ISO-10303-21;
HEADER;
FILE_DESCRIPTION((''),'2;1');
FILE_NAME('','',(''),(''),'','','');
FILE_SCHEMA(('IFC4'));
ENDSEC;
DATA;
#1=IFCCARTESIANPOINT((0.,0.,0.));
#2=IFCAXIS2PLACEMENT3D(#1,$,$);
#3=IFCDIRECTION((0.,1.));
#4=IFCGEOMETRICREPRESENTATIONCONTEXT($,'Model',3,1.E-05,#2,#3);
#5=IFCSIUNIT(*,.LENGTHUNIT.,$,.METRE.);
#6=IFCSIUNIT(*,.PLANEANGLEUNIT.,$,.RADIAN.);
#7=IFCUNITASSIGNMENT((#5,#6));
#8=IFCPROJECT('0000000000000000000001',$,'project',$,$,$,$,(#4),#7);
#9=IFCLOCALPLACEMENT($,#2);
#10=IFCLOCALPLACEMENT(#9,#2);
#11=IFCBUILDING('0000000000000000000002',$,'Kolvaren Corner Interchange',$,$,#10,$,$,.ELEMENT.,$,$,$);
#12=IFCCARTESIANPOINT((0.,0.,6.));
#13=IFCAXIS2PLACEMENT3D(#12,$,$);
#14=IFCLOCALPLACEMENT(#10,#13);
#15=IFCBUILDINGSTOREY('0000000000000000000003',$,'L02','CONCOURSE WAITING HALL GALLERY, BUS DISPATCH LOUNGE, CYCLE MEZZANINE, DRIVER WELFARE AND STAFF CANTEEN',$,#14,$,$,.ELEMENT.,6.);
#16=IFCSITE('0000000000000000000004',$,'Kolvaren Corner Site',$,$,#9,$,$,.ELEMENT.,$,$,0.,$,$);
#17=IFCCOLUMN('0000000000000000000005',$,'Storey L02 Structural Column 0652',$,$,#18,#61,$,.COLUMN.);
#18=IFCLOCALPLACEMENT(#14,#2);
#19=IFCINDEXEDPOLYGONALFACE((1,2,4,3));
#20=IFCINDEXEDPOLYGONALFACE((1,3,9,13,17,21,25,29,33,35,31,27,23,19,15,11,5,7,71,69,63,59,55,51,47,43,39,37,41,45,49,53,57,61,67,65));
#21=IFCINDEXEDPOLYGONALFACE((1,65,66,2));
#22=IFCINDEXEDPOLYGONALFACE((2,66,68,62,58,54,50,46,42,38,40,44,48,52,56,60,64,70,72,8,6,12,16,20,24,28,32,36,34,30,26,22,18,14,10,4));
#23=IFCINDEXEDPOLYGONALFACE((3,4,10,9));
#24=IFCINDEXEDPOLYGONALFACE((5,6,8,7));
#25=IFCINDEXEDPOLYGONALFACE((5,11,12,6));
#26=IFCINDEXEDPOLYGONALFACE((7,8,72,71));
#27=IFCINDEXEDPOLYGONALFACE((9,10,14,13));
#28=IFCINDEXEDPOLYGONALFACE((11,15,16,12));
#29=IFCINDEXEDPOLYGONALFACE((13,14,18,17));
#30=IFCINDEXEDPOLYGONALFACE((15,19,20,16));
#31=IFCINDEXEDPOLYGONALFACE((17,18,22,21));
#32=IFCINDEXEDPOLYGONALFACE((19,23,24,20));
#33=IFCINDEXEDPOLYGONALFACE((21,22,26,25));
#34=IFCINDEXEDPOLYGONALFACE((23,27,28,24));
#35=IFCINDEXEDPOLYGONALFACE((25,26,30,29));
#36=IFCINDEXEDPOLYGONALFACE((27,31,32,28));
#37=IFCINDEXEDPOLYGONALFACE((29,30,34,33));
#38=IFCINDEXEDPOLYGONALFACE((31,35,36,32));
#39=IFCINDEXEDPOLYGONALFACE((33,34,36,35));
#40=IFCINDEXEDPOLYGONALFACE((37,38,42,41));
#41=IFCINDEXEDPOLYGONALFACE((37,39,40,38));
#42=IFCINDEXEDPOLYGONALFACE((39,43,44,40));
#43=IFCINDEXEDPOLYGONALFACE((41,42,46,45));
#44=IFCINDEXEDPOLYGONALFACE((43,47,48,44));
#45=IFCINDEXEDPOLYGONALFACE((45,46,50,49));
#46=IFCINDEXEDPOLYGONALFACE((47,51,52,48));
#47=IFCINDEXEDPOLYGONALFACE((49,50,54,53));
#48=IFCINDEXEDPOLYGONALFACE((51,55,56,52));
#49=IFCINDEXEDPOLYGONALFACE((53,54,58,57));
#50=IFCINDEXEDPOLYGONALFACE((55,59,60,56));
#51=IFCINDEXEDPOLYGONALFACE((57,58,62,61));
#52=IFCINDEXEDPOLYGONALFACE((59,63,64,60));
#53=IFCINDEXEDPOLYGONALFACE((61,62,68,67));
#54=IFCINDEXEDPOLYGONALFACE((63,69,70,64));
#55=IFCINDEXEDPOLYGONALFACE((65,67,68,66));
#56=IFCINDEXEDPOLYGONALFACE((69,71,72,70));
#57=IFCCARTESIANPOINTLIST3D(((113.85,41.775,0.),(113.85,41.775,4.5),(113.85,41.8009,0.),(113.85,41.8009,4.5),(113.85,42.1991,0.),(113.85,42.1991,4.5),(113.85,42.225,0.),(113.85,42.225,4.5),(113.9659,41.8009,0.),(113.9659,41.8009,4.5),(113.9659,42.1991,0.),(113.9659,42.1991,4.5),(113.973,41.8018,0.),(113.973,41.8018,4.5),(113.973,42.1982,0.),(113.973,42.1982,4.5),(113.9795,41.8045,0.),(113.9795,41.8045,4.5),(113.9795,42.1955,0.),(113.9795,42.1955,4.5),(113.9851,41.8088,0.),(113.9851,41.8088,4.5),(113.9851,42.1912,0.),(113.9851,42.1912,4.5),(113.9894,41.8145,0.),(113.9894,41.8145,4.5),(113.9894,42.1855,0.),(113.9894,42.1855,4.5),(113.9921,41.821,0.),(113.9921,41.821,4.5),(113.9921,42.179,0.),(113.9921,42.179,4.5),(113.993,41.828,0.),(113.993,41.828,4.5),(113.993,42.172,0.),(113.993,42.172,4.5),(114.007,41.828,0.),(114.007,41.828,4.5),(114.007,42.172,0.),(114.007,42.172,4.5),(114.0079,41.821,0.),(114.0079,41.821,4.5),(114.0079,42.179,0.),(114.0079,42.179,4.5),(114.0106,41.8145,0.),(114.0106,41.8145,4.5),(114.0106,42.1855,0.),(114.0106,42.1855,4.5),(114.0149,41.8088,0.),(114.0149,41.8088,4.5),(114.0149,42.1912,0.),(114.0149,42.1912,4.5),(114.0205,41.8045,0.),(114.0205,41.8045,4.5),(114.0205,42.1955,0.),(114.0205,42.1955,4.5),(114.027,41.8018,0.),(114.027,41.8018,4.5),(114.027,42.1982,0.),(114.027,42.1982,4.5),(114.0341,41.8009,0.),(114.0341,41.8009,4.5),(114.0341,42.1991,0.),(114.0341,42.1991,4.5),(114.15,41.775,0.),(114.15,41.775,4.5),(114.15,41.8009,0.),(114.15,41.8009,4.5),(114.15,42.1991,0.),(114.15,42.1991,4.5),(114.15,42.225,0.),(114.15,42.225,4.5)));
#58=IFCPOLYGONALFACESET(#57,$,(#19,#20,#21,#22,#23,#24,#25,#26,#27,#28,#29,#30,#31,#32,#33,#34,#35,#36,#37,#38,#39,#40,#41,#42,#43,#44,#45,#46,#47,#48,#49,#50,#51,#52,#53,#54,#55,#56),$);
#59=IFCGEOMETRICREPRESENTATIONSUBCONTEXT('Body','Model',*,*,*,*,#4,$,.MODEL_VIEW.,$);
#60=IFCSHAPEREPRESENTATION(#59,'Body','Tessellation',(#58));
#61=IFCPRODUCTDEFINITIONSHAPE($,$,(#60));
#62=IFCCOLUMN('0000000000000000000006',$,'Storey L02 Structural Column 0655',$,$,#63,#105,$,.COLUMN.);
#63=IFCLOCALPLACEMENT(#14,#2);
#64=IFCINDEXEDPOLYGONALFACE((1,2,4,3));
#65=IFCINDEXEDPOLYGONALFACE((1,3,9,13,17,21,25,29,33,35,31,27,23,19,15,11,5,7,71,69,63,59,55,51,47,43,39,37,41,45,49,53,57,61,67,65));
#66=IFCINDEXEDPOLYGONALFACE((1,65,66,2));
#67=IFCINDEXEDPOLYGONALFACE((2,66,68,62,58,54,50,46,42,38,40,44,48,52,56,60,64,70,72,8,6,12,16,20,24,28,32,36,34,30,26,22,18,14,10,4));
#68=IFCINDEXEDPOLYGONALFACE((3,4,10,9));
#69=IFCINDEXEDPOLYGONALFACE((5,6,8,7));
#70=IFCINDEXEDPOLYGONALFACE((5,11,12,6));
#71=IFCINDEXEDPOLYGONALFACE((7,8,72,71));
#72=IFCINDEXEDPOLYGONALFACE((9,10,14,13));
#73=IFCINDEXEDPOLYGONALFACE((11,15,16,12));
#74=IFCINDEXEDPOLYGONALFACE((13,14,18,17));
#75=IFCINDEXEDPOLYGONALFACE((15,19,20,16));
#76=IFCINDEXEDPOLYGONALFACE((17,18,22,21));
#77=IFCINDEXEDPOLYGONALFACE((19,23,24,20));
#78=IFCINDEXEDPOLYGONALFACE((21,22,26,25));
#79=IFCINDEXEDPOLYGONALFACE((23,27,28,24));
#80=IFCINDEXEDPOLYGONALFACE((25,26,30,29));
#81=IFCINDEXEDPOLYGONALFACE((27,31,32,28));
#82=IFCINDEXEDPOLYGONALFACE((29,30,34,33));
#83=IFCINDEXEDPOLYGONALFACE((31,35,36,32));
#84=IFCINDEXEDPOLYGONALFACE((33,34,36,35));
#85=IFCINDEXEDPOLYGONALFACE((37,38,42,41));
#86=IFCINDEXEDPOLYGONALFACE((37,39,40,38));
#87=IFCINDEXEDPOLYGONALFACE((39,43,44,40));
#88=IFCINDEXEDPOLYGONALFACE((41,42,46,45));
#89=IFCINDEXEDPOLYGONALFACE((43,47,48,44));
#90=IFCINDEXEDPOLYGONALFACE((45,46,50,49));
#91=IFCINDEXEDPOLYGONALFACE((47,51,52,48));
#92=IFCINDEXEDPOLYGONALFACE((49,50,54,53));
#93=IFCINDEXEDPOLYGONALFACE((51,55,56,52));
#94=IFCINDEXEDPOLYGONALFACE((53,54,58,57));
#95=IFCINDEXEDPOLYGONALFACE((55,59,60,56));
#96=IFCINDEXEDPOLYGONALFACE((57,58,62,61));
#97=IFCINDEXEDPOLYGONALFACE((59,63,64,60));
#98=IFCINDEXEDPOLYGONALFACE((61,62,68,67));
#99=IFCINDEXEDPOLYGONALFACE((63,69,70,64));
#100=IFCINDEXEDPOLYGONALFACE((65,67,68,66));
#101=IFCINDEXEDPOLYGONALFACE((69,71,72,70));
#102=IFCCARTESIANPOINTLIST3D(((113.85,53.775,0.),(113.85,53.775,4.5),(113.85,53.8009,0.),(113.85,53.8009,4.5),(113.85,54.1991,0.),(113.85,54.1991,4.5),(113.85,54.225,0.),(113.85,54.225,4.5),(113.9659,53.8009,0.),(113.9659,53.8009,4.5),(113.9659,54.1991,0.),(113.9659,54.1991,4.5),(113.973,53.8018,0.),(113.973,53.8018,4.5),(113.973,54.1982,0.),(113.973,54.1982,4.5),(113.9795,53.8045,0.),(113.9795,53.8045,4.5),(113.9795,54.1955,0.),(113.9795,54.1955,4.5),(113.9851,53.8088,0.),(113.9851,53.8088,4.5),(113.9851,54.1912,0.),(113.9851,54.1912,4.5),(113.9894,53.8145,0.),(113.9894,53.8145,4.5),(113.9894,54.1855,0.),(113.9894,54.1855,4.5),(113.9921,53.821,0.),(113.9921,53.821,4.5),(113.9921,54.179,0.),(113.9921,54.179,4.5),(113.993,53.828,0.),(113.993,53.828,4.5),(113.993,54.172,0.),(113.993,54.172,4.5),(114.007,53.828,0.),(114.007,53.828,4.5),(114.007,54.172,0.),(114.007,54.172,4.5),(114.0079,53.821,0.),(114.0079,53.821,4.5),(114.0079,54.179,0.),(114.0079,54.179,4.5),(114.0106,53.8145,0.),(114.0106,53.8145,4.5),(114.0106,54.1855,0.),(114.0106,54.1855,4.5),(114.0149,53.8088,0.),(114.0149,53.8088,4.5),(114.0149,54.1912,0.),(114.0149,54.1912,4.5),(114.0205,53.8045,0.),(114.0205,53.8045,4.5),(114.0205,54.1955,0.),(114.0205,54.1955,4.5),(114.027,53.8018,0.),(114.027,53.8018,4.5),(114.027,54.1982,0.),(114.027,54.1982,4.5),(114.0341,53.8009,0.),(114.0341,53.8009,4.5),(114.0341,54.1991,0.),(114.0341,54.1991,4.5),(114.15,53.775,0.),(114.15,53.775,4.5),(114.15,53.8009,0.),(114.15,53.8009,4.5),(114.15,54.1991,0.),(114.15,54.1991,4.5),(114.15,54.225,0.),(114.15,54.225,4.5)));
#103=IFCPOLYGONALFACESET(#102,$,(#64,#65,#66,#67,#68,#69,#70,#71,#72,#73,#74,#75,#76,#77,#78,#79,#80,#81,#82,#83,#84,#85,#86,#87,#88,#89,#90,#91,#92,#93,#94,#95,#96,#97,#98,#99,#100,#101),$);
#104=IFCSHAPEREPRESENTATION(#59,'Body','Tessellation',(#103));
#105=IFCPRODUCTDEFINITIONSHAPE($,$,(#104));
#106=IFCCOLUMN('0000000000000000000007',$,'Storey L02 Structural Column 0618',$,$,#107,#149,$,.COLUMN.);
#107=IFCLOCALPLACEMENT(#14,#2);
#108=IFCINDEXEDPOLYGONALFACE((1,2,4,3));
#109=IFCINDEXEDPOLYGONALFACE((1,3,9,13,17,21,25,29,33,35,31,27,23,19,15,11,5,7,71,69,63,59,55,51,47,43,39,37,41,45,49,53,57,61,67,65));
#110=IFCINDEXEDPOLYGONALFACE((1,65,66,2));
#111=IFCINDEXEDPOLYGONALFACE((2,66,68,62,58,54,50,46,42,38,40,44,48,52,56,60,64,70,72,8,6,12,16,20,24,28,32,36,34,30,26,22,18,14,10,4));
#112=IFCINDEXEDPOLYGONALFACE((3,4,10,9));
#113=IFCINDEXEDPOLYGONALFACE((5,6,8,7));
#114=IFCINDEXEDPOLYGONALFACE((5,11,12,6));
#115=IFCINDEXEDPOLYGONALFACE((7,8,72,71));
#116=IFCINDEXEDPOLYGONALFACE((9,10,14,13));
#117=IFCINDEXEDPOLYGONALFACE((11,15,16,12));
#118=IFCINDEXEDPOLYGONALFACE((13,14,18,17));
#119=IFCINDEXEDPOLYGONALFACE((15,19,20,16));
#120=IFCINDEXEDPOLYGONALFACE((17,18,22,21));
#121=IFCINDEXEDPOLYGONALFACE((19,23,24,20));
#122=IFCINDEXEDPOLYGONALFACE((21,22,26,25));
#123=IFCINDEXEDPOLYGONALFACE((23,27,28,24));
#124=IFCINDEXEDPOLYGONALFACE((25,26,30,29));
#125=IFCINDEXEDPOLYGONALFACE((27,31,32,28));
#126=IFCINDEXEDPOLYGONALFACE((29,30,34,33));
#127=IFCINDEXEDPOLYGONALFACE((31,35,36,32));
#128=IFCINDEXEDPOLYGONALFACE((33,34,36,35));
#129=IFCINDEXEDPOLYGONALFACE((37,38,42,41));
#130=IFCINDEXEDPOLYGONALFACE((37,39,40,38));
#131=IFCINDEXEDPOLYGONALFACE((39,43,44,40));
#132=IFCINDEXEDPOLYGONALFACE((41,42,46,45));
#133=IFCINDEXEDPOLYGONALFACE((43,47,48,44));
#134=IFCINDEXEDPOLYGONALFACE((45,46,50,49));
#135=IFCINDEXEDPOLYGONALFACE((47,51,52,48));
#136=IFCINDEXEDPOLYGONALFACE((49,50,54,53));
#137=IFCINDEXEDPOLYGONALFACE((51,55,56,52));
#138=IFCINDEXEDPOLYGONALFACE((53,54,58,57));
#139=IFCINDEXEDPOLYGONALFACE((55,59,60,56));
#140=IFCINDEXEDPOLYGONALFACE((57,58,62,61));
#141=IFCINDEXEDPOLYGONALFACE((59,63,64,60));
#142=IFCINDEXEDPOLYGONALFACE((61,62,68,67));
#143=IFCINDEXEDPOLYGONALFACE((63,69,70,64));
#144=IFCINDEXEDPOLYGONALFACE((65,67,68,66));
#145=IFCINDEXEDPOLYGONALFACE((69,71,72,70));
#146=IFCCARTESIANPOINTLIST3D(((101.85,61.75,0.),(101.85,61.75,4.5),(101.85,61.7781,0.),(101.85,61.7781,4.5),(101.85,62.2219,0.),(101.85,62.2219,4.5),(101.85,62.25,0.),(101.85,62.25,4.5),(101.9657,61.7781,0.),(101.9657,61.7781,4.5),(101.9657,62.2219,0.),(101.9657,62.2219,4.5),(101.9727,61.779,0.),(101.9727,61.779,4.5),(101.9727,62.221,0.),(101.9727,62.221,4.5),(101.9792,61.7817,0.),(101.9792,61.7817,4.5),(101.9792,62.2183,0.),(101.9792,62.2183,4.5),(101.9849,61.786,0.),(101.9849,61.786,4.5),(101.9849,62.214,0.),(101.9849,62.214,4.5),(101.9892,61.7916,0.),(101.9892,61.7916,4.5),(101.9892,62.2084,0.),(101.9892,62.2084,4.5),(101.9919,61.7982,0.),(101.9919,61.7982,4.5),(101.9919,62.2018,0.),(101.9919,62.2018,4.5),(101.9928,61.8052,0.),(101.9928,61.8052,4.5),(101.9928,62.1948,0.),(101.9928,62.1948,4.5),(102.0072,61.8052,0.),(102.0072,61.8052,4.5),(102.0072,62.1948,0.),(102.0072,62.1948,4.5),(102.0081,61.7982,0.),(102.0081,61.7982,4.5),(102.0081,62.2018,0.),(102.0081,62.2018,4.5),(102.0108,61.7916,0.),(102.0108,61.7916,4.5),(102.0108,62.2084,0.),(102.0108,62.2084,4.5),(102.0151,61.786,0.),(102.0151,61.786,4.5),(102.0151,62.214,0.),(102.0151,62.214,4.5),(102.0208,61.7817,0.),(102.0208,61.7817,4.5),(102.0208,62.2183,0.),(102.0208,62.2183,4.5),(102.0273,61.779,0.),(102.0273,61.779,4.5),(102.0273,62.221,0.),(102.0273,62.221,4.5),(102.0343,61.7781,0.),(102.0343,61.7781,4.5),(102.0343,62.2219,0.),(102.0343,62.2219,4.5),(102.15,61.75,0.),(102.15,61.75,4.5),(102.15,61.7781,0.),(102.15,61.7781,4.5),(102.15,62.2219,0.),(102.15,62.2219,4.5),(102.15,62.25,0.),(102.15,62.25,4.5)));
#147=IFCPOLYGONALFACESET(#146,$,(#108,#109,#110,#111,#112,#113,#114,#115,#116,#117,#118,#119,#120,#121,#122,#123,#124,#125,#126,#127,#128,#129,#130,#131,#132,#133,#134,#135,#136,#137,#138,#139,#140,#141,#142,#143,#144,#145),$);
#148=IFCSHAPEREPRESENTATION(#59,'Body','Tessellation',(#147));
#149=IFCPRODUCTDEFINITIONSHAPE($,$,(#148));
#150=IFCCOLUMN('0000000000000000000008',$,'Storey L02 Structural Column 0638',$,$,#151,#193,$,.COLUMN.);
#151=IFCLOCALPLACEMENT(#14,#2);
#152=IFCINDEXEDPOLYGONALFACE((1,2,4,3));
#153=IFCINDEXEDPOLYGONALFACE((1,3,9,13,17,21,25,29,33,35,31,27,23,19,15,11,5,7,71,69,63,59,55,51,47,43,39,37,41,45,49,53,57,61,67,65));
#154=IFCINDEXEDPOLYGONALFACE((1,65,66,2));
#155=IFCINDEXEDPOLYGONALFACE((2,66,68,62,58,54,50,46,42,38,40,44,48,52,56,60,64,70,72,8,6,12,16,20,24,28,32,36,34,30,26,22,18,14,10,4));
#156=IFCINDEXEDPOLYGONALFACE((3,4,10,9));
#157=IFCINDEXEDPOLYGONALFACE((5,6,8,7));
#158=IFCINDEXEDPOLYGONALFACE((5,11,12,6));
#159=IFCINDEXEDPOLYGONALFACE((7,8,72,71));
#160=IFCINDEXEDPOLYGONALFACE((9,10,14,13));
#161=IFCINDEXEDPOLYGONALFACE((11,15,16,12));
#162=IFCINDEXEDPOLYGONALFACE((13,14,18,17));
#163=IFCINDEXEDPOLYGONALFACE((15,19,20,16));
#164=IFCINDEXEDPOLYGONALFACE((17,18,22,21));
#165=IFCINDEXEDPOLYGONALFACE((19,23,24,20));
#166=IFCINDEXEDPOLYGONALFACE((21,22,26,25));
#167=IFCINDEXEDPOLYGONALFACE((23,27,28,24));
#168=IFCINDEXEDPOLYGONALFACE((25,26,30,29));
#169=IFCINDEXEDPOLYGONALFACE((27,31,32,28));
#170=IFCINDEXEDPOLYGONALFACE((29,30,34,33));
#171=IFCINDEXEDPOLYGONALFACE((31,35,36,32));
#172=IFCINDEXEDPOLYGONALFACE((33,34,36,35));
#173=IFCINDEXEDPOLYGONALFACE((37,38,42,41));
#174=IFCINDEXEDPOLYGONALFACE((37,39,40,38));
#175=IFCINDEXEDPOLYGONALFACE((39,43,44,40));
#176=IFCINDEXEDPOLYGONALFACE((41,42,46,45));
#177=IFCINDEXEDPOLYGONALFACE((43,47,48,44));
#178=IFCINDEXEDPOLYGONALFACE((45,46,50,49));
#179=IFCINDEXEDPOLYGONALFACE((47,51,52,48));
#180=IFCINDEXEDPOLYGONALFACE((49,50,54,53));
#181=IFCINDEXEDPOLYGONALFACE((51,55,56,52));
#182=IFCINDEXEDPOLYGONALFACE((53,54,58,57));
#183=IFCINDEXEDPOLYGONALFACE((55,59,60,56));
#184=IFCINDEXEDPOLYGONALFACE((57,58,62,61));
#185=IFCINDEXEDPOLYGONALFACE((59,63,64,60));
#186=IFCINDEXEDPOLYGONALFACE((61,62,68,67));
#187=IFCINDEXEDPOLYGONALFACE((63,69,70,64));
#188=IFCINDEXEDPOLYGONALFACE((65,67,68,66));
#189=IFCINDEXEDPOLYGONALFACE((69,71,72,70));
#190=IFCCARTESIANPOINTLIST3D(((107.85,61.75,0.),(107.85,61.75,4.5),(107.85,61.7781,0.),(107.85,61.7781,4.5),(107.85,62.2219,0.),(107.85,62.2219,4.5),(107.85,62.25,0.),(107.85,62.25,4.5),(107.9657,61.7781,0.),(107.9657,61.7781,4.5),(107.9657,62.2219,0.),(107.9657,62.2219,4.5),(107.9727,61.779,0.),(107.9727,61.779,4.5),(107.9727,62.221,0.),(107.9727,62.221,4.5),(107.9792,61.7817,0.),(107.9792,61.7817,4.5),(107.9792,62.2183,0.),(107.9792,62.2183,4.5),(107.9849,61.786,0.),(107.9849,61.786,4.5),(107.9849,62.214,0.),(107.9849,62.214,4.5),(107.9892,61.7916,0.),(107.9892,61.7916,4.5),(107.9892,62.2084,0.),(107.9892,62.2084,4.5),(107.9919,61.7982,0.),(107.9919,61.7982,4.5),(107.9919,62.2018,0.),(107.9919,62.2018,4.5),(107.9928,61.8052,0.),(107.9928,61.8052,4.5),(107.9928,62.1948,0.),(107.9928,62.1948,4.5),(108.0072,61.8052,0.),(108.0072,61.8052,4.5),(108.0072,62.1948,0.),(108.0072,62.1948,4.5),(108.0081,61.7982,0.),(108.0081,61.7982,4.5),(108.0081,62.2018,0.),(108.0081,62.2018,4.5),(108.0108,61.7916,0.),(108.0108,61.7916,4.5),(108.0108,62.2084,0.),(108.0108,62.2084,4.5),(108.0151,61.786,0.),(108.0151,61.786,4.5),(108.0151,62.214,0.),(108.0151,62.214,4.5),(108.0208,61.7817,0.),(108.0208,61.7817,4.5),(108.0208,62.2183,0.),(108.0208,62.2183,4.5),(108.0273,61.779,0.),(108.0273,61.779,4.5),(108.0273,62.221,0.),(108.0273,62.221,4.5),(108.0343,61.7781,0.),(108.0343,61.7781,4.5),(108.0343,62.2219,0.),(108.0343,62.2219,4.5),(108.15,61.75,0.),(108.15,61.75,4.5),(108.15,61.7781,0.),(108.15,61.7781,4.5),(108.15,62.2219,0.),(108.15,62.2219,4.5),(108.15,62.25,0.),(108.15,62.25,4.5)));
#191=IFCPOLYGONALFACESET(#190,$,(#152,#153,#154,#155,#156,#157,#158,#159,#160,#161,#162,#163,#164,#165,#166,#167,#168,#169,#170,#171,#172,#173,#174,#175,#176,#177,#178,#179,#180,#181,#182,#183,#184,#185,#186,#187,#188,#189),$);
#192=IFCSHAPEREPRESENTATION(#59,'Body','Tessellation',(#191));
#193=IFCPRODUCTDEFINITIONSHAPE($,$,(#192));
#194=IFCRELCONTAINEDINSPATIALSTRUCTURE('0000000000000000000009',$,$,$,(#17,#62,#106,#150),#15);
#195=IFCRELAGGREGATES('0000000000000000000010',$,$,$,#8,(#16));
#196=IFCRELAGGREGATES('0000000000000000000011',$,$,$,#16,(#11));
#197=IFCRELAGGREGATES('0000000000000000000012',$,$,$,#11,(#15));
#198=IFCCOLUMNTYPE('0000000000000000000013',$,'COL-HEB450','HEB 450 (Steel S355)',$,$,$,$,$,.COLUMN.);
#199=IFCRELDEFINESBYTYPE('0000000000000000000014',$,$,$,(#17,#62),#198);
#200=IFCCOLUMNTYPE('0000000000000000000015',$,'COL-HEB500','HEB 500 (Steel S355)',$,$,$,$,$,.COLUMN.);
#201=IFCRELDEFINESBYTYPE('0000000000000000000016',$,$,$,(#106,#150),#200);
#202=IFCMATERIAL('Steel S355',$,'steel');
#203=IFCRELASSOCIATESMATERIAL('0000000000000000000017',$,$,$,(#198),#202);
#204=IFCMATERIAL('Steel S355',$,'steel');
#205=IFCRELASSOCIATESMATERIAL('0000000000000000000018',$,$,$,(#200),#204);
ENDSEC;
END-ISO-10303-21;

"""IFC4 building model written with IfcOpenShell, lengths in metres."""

from ifc_helpers import new_model, si_unit, direction, frame, origin, origin_2d, place, context, subcontext, project, spatial, i_section, extrude, material, material_profile, profile_set, type_object, element, save


model = new_model("IFC4")

# Units and contexts
model_context = context("Model", 3, precision=1e-05, world=origin(), true_north=direction((0.0, 1.0)))
body_context = subcontext(model_context, "Body", "Model", "MODEL_VIEW")
ifc_project = project(units=[si_unit("LENGTHUNIT", "METRE"), si_unit("PLANEANGLEUNIT", "RADIAN")], contexts=[model_context])

# Site, building, storey
site_placement = place(None, origin())
site = spatial("IfcSite", under=ifc_project, at=site_placement, Name="Kolvaren Corner Site", CompositionType="ELEMENT", RefElevation=0.0)
building_placement = place(site_placement, origin())
building = spatial("IfcBuilding", under=site, at=building_placement, Name="Kolvaren Corner Interchange", CompositionType="ELEMENT")
storey_placement = place(building_placement, frame((0.0, 0.0, 6.0)))
storey = spatial("IfcBuildingStorey", under=building, at=storey_placement, Name="L02", Description="CONCOURSE WAITING HALL GALLERY, BUS DISPATCH LOUNGE, CYCLE MEZZANINE, DRIVER WELFARE AND STAFF CANTEEN", CompositionType="ELEMENT", Elevation=6.0)

# Columns
ifc_material_1 = material(Name="Steel S355", Category="steel")
ifc_material_profile_1 = material_profile(ifc_material_1, i_section(OverallWidth=0.3, OverallDepth=0.45, WebThickness=0.0139, FlangeThickness=0.0259, FilletRadius=0.0271, at=origin_2d()), Name="HEB 450")
ifc_profile_set_1 = profile_set([ifc_material_profile_1], Name="Steel S355")
column_type_1 = type_object("IfcColumnType", Name="COL-HEB450", Description="HEB 450 (Steel S355)", PredefinedType="COLUMN", material=ifc_profile_set_1)
for number, where, z_axis, x_axis, name in (
    (1, (114.0, 42.0, 0.0), (0.0, 0.0, 1.0), (1.0, 0.0, 0.0), "Storey L02 Structural Column 0652"),
    (2, (114.0, 54.0, 0.0), (0.0, 0.0, 1.0), (1.0, 0.0, 0.0), "Storey L02 Structural Column 0655"),
):
    element("IfcColumn", number, at=place(storey_placement, frame(where, z_axis=z_axis, x_axis=x_axis)), inside=storey, type_object=column_type_1, Name=name, PredefinedType="COLUMN", context=body_context, shape_type="SweptSolid", body=[
        extrude(i_section(OverallWidth=0.3, OverallDepth=0.45, WebThickness=0.0139, FlangeThickness=0.0259, FilletRadius=0.0271, at=origin_2d()), origin(), (0.0, 0.0, 1.0), 4.5),
    ])
ifc_material_2 = material(Name="Steel S355", Category="steel")
ifc_material_profile_2 = material_profile(ifc_material_2, i_section(OverallWidth=0.3, OverallDepth=0.5, WebThickness=0.0144, FlangeThickness=0.0281, FilletRadius=0.0271, at=origin_2d()), Name="HEB 500")
ifc_profile_set_2 = profile_set([ifc_material_profile_2], Name="Steel S355")
column_type_2 = type_object("IfcColumnType", Name="COL-HEB500", Description="HEB 500 (Steel S355)", PredefinedType="COLUMN", material=ifc_profile_set_2)
for number, where, z_axis, x_axis, name in (
    (3, (102.0, 62.0, 0.0), (0.0, 0.0, 1.0), (1.0, 0.0, 0.0), "Storey L02 Structural Column 0618"),
    (4, (108.0, 62.0, 0.0), (0.0, 0.0, 1.0), (1.0, 0.0, 0.0), "Storey L02 Structural Column 0638"),
):
    element("IfcColumn", number, at=place(storey_placement, frame(where, z_axis=z_axis, x_axis=x_axis)), inside=storey, type_object=column_type_2, Name=name, PredefinedType="COLUMN", context=body_context, shape_type="SweptSolid", body=[
        extrude(i_section(OverallWidth=0.3, OverallDepth=0.5, WebThickness=0.0144, FlangeThickness=0.0281, FilletRadius=0.0271, at=origin_2d()), origin(), (0.0, 0.0, 1.0), 4.5),
    ])

save(model, "model.ifc")
